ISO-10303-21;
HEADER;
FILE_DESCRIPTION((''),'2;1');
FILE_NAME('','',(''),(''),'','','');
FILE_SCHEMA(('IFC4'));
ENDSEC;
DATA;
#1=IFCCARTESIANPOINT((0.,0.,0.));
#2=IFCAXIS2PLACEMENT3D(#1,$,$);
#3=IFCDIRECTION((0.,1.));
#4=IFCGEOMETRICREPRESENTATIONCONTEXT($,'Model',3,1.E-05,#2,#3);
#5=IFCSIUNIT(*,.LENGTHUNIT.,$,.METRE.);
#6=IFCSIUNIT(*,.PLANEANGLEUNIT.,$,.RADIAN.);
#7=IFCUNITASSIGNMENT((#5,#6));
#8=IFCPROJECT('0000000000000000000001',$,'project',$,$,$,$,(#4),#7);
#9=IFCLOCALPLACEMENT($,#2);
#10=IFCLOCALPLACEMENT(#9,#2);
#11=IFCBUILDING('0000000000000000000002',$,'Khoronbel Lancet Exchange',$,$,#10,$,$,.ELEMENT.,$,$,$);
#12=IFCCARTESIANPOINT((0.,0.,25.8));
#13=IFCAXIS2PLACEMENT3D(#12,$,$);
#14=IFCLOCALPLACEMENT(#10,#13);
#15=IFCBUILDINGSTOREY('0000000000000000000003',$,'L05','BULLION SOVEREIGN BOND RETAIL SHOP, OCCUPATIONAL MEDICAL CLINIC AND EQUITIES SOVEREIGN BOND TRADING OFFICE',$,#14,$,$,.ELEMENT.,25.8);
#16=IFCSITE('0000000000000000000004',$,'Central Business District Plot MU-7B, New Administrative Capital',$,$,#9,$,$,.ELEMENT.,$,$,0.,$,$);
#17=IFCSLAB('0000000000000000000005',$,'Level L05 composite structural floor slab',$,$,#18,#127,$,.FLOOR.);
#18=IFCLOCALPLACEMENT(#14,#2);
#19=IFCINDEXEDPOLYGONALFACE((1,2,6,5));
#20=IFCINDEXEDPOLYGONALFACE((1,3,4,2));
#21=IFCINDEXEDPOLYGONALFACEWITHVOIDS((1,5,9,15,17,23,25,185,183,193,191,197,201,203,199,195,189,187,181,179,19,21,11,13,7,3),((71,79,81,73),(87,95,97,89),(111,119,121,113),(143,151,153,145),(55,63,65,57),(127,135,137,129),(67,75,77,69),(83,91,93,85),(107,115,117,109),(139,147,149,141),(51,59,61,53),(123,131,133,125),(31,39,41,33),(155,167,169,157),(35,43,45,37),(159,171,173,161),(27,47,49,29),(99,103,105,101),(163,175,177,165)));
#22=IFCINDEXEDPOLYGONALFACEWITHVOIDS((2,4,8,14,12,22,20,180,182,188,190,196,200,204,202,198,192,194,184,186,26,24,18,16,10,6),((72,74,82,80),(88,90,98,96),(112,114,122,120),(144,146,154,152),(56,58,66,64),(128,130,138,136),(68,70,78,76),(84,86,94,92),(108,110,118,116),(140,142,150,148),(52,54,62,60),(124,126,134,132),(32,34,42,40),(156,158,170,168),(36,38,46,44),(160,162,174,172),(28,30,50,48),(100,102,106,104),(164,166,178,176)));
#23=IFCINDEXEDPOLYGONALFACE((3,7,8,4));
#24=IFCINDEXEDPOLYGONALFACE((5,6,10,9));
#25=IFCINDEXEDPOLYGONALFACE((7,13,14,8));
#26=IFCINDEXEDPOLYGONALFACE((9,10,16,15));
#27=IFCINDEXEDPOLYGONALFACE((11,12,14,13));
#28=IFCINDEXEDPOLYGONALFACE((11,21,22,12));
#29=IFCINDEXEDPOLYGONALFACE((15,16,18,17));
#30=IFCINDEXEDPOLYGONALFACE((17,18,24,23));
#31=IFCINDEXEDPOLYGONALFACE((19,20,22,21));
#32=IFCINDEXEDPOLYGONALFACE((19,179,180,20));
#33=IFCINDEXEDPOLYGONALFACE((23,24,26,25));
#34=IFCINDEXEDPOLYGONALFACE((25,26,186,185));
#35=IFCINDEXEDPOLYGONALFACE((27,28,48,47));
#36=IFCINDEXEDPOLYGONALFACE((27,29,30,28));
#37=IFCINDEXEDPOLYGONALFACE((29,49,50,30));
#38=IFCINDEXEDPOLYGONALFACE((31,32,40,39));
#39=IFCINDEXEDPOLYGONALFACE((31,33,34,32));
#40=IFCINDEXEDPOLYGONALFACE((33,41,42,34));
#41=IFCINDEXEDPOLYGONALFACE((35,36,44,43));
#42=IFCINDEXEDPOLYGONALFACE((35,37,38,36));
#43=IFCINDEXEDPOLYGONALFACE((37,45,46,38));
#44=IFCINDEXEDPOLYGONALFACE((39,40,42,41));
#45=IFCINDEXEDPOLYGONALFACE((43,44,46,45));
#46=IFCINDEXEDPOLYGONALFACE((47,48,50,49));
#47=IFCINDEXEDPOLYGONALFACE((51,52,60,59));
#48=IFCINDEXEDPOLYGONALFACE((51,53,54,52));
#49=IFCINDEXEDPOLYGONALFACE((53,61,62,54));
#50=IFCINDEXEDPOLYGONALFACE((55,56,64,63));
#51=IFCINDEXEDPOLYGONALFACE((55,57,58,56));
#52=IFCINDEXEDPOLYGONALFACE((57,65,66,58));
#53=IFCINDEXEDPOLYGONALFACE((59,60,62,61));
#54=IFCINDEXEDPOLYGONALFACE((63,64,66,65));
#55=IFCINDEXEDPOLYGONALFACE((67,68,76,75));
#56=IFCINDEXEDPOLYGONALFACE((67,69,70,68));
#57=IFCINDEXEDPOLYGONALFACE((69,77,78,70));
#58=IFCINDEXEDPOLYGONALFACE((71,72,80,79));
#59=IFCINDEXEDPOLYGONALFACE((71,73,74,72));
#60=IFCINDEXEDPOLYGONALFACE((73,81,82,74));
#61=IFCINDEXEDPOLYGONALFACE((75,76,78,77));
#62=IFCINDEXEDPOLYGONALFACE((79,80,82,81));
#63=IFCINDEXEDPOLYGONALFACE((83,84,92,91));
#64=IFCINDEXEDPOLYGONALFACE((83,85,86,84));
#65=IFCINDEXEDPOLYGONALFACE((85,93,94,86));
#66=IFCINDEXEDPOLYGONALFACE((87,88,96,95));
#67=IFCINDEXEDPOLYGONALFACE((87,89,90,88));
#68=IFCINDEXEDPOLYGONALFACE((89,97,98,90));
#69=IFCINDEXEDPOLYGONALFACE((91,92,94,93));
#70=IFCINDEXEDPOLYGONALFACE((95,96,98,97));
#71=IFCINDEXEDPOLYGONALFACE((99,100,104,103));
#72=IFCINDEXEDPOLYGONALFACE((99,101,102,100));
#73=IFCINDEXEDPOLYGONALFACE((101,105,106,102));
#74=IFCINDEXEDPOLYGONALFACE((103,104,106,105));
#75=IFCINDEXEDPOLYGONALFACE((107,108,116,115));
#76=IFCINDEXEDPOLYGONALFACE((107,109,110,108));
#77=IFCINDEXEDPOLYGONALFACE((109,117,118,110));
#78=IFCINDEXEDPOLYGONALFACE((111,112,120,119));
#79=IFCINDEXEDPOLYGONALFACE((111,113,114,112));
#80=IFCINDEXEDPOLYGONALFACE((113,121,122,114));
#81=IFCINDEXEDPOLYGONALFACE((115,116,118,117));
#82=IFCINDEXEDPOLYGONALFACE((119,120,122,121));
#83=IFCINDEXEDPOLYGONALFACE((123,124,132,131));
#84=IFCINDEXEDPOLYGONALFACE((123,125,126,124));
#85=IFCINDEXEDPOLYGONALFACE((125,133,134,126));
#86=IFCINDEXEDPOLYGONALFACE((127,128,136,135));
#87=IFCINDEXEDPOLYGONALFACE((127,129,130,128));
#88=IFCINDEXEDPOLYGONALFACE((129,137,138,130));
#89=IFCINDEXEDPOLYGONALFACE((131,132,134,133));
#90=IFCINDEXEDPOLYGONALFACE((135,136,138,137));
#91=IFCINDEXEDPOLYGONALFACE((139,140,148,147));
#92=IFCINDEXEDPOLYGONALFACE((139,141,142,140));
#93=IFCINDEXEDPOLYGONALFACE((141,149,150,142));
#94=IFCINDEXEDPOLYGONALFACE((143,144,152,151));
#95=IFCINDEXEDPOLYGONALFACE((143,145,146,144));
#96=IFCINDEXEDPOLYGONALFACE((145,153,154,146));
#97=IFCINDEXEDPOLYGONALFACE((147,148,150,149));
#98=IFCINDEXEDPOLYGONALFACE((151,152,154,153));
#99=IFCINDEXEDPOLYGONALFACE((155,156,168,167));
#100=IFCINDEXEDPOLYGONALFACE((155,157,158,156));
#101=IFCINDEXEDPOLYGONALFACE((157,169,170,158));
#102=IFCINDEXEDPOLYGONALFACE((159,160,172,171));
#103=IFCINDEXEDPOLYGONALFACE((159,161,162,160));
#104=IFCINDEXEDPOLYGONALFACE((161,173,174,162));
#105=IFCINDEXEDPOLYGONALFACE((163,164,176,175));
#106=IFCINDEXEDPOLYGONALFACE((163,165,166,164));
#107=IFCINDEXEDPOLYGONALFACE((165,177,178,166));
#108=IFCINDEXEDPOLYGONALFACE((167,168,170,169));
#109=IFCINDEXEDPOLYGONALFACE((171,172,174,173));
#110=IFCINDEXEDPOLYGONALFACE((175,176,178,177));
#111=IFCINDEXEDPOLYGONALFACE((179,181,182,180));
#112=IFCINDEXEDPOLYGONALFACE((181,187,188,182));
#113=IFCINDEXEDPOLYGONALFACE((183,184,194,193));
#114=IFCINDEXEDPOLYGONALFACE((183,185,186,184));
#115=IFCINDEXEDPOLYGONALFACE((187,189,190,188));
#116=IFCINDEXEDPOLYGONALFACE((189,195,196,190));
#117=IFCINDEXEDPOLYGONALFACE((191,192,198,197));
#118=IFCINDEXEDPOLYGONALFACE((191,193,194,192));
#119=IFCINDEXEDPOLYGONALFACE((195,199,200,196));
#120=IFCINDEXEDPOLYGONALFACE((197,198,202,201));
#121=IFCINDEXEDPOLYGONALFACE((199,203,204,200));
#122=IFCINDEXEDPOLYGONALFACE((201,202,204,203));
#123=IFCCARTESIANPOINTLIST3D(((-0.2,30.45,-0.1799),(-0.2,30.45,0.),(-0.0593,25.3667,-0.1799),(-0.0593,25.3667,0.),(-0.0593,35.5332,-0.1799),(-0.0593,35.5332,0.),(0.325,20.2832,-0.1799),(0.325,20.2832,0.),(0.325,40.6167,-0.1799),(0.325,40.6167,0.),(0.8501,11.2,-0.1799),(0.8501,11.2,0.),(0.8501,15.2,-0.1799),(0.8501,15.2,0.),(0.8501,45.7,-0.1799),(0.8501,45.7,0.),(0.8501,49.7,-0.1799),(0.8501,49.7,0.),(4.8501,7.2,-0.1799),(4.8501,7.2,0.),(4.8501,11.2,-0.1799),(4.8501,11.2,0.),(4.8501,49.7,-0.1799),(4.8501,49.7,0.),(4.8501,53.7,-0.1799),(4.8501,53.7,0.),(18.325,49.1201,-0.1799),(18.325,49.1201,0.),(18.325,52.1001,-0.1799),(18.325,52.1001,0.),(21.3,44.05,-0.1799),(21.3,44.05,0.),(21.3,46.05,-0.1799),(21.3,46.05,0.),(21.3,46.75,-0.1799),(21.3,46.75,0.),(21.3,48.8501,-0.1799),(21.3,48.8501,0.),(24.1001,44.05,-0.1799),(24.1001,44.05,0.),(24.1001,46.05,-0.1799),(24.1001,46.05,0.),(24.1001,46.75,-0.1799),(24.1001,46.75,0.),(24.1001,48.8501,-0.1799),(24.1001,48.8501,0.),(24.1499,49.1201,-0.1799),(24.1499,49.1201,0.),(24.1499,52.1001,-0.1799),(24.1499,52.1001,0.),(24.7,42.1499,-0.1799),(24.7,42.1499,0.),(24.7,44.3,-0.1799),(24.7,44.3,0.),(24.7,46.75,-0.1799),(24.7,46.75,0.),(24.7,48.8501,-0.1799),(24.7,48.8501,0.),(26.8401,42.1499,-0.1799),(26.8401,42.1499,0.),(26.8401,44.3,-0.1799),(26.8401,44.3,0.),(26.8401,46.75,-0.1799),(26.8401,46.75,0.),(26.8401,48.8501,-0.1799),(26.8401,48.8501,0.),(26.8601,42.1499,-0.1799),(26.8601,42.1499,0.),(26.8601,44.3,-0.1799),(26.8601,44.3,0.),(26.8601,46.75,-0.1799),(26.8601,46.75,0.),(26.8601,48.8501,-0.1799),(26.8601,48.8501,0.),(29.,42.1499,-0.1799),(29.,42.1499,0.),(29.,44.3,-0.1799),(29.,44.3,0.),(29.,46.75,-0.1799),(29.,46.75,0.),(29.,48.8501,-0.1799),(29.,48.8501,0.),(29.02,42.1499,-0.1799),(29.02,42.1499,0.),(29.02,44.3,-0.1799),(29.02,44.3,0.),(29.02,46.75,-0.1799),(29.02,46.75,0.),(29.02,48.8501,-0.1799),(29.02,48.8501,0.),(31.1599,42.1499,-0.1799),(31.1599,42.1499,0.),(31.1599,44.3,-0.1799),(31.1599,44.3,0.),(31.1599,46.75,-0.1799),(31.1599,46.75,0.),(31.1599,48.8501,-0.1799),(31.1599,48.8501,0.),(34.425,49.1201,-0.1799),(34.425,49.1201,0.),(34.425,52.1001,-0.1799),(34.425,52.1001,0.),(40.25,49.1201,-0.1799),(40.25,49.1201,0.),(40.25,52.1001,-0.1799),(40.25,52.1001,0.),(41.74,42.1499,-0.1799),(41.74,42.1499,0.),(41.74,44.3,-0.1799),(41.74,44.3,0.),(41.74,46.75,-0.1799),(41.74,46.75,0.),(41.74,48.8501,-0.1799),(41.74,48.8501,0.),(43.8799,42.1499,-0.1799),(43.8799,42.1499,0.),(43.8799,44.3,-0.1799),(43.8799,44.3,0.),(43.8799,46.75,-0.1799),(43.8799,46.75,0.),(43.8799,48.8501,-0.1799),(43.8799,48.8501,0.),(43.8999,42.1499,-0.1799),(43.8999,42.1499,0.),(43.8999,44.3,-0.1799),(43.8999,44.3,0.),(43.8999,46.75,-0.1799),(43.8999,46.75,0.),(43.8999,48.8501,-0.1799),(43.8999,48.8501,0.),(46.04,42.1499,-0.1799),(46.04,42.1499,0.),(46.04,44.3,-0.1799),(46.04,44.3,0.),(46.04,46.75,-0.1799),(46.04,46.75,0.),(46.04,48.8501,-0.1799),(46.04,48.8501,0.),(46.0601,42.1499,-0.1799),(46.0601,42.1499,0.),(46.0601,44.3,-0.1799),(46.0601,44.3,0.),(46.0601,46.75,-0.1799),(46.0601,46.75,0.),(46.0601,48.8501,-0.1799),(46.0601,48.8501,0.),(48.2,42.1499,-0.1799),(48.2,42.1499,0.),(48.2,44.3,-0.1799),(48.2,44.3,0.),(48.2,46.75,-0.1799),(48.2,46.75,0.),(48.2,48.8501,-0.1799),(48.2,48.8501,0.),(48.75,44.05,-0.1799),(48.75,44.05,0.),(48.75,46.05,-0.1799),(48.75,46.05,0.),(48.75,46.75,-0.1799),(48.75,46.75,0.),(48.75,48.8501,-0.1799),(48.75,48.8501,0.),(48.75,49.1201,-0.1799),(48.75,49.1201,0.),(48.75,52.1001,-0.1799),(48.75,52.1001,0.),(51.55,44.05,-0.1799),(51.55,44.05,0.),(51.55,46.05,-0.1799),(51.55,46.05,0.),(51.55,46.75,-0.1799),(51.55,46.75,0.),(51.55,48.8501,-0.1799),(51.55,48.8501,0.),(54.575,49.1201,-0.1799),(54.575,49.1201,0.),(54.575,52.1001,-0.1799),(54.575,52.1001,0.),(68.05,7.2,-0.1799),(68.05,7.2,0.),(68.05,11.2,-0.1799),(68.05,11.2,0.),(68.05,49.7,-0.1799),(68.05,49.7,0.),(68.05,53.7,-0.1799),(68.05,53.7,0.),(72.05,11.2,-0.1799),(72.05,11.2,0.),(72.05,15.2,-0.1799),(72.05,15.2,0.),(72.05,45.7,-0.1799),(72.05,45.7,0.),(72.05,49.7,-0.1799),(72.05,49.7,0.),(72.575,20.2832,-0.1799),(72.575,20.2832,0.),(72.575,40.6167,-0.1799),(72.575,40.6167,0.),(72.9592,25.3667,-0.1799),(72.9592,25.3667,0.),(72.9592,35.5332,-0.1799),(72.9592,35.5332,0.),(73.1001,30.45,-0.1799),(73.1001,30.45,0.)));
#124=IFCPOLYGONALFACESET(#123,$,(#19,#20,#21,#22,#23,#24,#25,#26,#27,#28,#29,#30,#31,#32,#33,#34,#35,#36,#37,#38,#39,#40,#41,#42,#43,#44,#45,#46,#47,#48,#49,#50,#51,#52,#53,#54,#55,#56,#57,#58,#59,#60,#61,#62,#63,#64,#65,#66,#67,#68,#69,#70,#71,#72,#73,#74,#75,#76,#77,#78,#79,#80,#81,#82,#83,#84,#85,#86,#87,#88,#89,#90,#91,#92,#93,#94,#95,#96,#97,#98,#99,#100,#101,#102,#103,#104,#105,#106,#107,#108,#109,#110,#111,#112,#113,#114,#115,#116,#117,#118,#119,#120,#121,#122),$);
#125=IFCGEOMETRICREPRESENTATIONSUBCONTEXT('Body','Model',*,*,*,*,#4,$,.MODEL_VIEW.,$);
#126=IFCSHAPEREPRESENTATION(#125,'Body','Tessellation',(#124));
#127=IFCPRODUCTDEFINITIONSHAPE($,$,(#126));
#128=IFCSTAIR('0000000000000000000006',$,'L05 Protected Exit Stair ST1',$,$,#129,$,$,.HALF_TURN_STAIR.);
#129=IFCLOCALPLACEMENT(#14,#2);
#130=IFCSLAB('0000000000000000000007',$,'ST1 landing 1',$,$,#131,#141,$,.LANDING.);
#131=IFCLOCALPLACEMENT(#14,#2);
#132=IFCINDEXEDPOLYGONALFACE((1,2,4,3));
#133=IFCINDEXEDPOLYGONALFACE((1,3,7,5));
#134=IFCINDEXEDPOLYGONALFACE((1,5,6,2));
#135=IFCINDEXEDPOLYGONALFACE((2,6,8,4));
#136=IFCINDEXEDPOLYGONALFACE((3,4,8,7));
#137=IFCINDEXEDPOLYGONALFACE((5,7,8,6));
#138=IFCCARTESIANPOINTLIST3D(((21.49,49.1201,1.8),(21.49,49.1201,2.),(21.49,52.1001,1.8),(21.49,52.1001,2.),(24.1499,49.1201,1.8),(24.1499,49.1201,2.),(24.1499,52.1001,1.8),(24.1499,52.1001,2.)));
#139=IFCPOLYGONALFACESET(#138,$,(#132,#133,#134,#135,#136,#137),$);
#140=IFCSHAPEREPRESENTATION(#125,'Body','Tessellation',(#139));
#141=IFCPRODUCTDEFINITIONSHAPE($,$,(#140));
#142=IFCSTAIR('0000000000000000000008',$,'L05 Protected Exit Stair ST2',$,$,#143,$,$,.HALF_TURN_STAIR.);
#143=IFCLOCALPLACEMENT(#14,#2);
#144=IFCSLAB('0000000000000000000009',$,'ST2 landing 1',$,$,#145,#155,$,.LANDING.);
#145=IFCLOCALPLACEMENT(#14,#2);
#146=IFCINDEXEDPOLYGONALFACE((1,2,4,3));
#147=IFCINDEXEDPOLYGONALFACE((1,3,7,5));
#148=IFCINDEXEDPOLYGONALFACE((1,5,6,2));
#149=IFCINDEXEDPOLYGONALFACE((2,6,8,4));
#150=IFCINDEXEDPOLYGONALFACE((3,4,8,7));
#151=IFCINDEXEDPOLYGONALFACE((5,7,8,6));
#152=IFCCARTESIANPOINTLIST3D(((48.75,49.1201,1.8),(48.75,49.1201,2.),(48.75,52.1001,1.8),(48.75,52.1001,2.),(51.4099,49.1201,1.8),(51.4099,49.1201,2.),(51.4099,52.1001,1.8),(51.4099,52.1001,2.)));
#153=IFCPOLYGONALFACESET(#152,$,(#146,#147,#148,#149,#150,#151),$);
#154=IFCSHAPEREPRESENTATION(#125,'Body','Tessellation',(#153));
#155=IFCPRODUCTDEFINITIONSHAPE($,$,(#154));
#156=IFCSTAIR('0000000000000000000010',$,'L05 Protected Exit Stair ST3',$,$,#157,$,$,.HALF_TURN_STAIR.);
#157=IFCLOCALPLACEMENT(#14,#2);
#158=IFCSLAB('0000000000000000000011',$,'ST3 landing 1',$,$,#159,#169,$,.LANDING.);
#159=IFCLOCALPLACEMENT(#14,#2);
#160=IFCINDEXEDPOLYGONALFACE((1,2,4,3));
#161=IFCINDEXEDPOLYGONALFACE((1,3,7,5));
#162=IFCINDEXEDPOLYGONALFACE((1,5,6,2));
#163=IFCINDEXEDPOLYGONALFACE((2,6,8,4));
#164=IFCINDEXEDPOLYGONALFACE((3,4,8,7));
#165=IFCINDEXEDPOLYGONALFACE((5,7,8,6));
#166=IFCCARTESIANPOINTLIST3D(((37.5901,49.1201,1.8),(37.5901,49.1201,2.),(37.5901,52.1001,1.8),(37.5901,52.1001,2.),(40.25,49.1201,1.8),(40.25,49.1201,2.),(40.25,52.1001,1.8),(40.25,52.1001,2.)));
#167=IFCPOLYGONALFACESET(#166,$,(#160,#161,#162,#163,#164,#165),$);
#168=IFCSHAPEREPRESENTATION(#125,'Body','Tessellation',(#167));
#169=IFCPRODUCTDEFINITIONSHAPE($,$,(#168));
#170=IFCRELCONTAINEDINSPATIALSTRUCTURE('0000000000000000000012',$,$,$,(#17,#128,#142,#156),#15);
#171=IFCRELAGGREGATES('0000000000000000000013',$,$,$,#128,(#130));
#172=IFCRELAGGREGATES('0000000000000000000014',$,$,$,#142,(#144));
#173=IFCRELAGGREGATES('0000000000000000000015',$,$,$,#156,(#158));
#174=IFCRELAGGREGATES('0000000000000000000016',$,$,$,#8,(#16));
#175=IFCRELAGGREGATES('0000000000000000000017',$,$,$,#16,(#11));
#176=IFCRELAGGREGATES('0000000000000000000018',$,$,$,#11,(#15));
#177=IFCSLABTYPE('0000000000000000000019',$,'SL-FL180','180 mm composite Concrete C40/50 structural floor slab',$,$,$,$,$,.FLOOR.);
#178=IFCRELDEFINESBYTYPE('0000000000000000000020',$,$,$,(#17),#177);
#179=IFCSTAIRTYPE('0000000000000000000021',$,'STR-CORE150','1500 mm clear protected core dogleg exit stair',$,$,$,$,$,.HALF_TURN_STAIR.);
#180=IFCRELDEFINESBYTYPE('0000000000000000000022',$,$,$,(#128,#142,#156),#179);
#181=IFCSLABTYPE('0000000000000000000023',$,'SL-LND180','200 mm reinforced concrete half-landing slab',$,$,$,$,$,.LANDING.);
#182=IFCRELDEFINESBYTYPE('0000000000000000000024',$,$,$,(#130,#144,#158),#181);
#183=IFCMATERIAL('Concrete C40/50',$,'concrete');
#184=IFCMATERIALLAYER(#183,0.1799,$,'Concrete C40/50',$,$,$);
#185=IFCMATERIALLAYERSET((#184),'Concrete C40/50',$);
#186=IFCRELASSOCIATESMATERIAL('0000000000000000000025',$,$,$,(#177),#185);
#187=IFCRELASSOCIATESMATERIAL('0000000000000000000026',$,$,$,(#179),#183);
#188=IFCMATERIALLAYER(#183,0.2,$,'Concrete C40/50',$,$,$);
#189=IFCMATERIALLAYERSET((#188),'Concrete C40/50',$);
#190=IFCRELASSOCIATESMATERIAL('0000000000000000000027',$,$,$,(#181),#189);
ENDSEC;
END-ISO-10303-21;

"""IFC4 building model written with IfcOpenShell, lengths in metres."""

from ifc_helpers import new_model, si_unit, direction, frame, origin, place, context, subcontext, project, spatial, polyline, outline, extrude, material, layer, layer_set, type_object, element, aggregate, save


model = new_model("IFC4")

# Units and contexts
model_context = context("Model", 3, precision=1e-05, world=origin(), true_north=direction((0.0, 1.0)))
body_context = subcontext(model_context, "Body", "Model", "MODEL_VIEW")
ifc_project = project(units=[si_unit("LENGTHUNIT", "METRE"), si_unit("PLANEANGLEUNIT", "RADIAN")], contexts=[model_context])

# Site, building, storey
site_placement = place(None, origin())
site = spatial("IfcSite", under=ifc_project, at=site_placement, Name="Central Business District Plot MU-7B, New Administrative Capital", CompositionType="ELEMENT", RefElevation=0.0)
building_placement = place(site_placement, origin())
building = spatial("IfcBuilding", under=site, at=building_placement, Name="Khoronbel Lancet Exchange", CompositionType="ELEMENT")
storey_placement = place(building_placement, frame((0.0, 0.0, 25.8)))
storey = spatial("IfcBuildingStorey", under=building, at=storey_placement, Name="L05", Description="BULLION SOVEREIGN BOND RETAIL SHOP, OCCUPATIONAL MEDICAL CLINIC AND EQUITIES SOVEREIGN BOND TRADING OFFICE", CompositionType="ELEMENT", Elevation=25.8)

# Slab
ifc_material_1 = material(Name="Concrete C40/50", Category="concrete")
ifc_layer_1 = layer(ifc_material_1, 0.1799, Name="Concrete C40/50")
ifc_layer_set_1 = layer_set([ifc_layer_1], Name="Concrete C40/50")
slab_type_1 = type_object("IfcSlabType", Name="SL-FL180", Description="180 mm composite Concrete C40/50 structural floor slab", PredefinedType="FLOOR", material=ifc_layer_set_1)
slab_1_placement = place(storey_placement, frame((0.0, 0.0, -0.1799)))
element("IfcSlab", 1, at=slab_1_placement, inside=storey, type_object=slab_type_1, Name="Level L05 composite structural floor slab", PredefinedType="FLOOR", context=body_context, shape_type="SweptSolid", body=[
    extrude(outline(polyline([(4.8501, 7.2), (68.05, 7.2), (68.05, 11.2), (72.05, 11.2), (72.05, 15.2), (72.575, 20.2832), (72.9592, 25.3667), (73.1001, 30.45), (72.9592, 35.5332), (72.575, 40.6167), (72.05, 45.7), (72.05, 49.7), (68.05, 49.7), (68.05, 53.7), (4.8501, 53.7), (4.8501, 49.7), (0.8501, 49.7), (0.8501, 45.7), (0.325, 40.6167), (-0.0593, 35.5332), (-0.2, 30.45), (-0.0593, 25.3667), (0.325, 20.2832), (0.8501, 15.2), (0.8501, 11.2), (4.8501, 11.2), (4.8501, 7.2)]), holes=[polyline([(18.325, 49.1201), (24.1499, 49.1201), (24.1499, 52.1001), (18.325, 52.1001), (18.325, 49.1201)]), polyline([(48.75, 49.1201), (54.575, 49.1201), (54.575, 52.1001), (48.75, 52.1001), (48.75, 49.1201)]), polyline([(34.425, 49.1201), (40.25, 49.1201), (40.25, 52.1001), (34.425, 52.1001), (34.425, 49.1201)]), polyline([(24.7, 46.75), (26.8401, 46.75), (26.8401, 48.8501), (24.7, 48.8501), (24.7, 46.75)]), polyline([(26.8601, 46.75), (29.0, 46.75), (29.0, 48.8501), (26.8601, 48.8501), (26.8601, 46.75)]), polyline([(29.02, 46.75), (31.1599, 46.75), (31.1599, 48.8501), (29.02, 48.8501), (29.02, 46.75)]), polyline([(24.7, 42.1499), (26.8401, 42.1499), (26.8401, 44.3), (24.7, 44.3), (24.7, 42.1499)]), polyline([(26.8601, 42.1499), (29.0, 42.1499), (29.0, 44.3), (26.8601, 44.3), (26.8601, 42.1499)]), polyline([(29.02, 42.1499), (31.1599, 42.1499), (31.1599, 44.3), (29.02, 44.3), (29.02, 42.1499)]), polyline([(41.74, 46.75), (43.8799, 46.75), (43.8799, 48.8501), (41.74, 48.8501), (41.74, 46.75)]), polyline([(43.8999, 46.75), (46.04, 46.75), (46.04, 48.8501), (43.8999, 48.8501), (43.8999, 46.75)]), polyline([(46.0601, 46.75), (48.2, 46.75), (48.2, 48.8501), (46.0601, 48.8501), (46.0601, 46.75)]), polyline([(41.74, 42.1499), (43.8799, 42.1499), (43.8799, 44.3), (41.74, 44.3), (41.74, 42.1499)]), polyline([(43.8999, 42.1499), (46.04, 42.1499), (46.04, 44.3), (43.8999, 44.3), (43.8999, 42.1499)]), polyline([(46.0601, 42.1499), (48.2, 42.1499), (48.2, 44.3), (46.0601, 44.3), (46.0601, 42.1499)]), polyline([(21.3, 46.75), (24.1001, 46.75), (24.1001, 48.8501), (21.3, 48.8501), (21.3, 46.75)]), polyline([(48.75, 46.75), (51.55, 46.75), (51.55, 48.8501), (48.75, 48.8501), (48.75, 46.75)]), polyline([(21.3, 44.05), (24.1001, 44.05), (24.1001, 46.05), (21.3, 46.05), (21.3, 44.05)]), polyline([(48.75, 44.05), (51.55, 44.05), (51.55, 46.05), (48.75, 46.05), (48.75, 44.05)])]), origin(), (0.0, 0.0, 1.0), 0.1799),
])

# Stairs, slabs
stair_type = type_object("IfcStairType", Name="STR-CORE150", Description="1500 mm clear protected core dogleg exit stair", PredefinedType="HALF_TURN_STAIR", material=ifc_material_1)
stair_1_placement = place(storey_placement, origin())
stair_1 = element("IfcStair", 2, at=stair_1_placement, inside=storey, type_object=stair_type, Name="L05 Protected Exit Stair ST1", PredefinedType="HALF_TURN_STAIR")
ifc_layer_2 = layer(ifc_material_1, 0.2, Name="Concrete C40/50")
ifc_layer_set_2 = layer_set([ifc_layer_2], Name="Concrete C40/50")
slab_type_2 = type_object("IfcSlabType", Name="SL-LND180", Description="200 mm reinforced concrete half-landing slab", PredefinedType="LANDING", material=ifc_layer_set_2)
slab_2_placement = place(storey_placement, frame((0.0, 0.0, 1.8)))
slab_2 = element("IfcSlab", 3, at=slab_2_placement, type_object=slab_type_2, Name="ST1 landing 1", PredefinedType="LANDING", context=body_context, shape_type="SweptSolid", body=[
    extrude(outline(polyline([(21.49, 49.1201), (24.1499, 49.1201), (24.1499, 52.1001), (21.49, 52.1001), (21.49, 49.1201)])), origin(), (0.0, 0.0, 1.0), 0.2),
])
aggregate(stair_1, [slab_2])
stair_2_placement = place(storey_placement, origin())
stair_2 = element("IfcStair", 4, at=stair_2_placement, inside=storey, type_object=stair_type, Name="L05 Protected Exit Stair ST2", PredefinedType="HALF_TURN_STAIR")
slab_3_placement = place(storey_placement, frame((0.0, 0.0, 1.8)))
slab_3 = element("IfcSlab", 5, at=slab_3_placement, type_object=slab_type_2, Name="ST2 landing 1", PredefinedType="LANDING", context=body_context, shape_type="SweptSolid", body=[
    extrude(outline(polyline([(51.4099, 52.1001), (48.75, 52.1001), (48.75, 49.1201), (51.4099, 49.1201), (51.4099, 52.1001)])), origin(), (0.0, 0.0, 1.0), 0.2),
])
aggregate(stair_2, [slab_3])
stair_3_placement = place(storey_placement, origin())
stair_3 = element("IfcStair", 6, at=stair_3_placement, inside=storey, type_object=stair_type, Name="L05 Protected Exit Stair ST3", PredefinedType="HALF_TURN_STAIR")
slab_4_placement = place(storey_placement, frame((0.0, 0.0, 1.8)))
slab_4 = element("IfcSlab", 7, at=slab_4_placement, type_object=slab_type_2, Name="ST3 landing 1", PredefinedType="LANDING", context=body_context, shape_type="SweptSolid", body=[
    extrude(outline(polyline([(37.5901, 49.1201), (40.25, 49.1201), (40.25, 52.1001), (37.5901, 52.1001), (37.5901, 49.1201)])), origin(), (0.0, 0.0, 1.0), 0.2),
])
aggregate(stair_3, [slab_4])

save(model, "model.ifc")
